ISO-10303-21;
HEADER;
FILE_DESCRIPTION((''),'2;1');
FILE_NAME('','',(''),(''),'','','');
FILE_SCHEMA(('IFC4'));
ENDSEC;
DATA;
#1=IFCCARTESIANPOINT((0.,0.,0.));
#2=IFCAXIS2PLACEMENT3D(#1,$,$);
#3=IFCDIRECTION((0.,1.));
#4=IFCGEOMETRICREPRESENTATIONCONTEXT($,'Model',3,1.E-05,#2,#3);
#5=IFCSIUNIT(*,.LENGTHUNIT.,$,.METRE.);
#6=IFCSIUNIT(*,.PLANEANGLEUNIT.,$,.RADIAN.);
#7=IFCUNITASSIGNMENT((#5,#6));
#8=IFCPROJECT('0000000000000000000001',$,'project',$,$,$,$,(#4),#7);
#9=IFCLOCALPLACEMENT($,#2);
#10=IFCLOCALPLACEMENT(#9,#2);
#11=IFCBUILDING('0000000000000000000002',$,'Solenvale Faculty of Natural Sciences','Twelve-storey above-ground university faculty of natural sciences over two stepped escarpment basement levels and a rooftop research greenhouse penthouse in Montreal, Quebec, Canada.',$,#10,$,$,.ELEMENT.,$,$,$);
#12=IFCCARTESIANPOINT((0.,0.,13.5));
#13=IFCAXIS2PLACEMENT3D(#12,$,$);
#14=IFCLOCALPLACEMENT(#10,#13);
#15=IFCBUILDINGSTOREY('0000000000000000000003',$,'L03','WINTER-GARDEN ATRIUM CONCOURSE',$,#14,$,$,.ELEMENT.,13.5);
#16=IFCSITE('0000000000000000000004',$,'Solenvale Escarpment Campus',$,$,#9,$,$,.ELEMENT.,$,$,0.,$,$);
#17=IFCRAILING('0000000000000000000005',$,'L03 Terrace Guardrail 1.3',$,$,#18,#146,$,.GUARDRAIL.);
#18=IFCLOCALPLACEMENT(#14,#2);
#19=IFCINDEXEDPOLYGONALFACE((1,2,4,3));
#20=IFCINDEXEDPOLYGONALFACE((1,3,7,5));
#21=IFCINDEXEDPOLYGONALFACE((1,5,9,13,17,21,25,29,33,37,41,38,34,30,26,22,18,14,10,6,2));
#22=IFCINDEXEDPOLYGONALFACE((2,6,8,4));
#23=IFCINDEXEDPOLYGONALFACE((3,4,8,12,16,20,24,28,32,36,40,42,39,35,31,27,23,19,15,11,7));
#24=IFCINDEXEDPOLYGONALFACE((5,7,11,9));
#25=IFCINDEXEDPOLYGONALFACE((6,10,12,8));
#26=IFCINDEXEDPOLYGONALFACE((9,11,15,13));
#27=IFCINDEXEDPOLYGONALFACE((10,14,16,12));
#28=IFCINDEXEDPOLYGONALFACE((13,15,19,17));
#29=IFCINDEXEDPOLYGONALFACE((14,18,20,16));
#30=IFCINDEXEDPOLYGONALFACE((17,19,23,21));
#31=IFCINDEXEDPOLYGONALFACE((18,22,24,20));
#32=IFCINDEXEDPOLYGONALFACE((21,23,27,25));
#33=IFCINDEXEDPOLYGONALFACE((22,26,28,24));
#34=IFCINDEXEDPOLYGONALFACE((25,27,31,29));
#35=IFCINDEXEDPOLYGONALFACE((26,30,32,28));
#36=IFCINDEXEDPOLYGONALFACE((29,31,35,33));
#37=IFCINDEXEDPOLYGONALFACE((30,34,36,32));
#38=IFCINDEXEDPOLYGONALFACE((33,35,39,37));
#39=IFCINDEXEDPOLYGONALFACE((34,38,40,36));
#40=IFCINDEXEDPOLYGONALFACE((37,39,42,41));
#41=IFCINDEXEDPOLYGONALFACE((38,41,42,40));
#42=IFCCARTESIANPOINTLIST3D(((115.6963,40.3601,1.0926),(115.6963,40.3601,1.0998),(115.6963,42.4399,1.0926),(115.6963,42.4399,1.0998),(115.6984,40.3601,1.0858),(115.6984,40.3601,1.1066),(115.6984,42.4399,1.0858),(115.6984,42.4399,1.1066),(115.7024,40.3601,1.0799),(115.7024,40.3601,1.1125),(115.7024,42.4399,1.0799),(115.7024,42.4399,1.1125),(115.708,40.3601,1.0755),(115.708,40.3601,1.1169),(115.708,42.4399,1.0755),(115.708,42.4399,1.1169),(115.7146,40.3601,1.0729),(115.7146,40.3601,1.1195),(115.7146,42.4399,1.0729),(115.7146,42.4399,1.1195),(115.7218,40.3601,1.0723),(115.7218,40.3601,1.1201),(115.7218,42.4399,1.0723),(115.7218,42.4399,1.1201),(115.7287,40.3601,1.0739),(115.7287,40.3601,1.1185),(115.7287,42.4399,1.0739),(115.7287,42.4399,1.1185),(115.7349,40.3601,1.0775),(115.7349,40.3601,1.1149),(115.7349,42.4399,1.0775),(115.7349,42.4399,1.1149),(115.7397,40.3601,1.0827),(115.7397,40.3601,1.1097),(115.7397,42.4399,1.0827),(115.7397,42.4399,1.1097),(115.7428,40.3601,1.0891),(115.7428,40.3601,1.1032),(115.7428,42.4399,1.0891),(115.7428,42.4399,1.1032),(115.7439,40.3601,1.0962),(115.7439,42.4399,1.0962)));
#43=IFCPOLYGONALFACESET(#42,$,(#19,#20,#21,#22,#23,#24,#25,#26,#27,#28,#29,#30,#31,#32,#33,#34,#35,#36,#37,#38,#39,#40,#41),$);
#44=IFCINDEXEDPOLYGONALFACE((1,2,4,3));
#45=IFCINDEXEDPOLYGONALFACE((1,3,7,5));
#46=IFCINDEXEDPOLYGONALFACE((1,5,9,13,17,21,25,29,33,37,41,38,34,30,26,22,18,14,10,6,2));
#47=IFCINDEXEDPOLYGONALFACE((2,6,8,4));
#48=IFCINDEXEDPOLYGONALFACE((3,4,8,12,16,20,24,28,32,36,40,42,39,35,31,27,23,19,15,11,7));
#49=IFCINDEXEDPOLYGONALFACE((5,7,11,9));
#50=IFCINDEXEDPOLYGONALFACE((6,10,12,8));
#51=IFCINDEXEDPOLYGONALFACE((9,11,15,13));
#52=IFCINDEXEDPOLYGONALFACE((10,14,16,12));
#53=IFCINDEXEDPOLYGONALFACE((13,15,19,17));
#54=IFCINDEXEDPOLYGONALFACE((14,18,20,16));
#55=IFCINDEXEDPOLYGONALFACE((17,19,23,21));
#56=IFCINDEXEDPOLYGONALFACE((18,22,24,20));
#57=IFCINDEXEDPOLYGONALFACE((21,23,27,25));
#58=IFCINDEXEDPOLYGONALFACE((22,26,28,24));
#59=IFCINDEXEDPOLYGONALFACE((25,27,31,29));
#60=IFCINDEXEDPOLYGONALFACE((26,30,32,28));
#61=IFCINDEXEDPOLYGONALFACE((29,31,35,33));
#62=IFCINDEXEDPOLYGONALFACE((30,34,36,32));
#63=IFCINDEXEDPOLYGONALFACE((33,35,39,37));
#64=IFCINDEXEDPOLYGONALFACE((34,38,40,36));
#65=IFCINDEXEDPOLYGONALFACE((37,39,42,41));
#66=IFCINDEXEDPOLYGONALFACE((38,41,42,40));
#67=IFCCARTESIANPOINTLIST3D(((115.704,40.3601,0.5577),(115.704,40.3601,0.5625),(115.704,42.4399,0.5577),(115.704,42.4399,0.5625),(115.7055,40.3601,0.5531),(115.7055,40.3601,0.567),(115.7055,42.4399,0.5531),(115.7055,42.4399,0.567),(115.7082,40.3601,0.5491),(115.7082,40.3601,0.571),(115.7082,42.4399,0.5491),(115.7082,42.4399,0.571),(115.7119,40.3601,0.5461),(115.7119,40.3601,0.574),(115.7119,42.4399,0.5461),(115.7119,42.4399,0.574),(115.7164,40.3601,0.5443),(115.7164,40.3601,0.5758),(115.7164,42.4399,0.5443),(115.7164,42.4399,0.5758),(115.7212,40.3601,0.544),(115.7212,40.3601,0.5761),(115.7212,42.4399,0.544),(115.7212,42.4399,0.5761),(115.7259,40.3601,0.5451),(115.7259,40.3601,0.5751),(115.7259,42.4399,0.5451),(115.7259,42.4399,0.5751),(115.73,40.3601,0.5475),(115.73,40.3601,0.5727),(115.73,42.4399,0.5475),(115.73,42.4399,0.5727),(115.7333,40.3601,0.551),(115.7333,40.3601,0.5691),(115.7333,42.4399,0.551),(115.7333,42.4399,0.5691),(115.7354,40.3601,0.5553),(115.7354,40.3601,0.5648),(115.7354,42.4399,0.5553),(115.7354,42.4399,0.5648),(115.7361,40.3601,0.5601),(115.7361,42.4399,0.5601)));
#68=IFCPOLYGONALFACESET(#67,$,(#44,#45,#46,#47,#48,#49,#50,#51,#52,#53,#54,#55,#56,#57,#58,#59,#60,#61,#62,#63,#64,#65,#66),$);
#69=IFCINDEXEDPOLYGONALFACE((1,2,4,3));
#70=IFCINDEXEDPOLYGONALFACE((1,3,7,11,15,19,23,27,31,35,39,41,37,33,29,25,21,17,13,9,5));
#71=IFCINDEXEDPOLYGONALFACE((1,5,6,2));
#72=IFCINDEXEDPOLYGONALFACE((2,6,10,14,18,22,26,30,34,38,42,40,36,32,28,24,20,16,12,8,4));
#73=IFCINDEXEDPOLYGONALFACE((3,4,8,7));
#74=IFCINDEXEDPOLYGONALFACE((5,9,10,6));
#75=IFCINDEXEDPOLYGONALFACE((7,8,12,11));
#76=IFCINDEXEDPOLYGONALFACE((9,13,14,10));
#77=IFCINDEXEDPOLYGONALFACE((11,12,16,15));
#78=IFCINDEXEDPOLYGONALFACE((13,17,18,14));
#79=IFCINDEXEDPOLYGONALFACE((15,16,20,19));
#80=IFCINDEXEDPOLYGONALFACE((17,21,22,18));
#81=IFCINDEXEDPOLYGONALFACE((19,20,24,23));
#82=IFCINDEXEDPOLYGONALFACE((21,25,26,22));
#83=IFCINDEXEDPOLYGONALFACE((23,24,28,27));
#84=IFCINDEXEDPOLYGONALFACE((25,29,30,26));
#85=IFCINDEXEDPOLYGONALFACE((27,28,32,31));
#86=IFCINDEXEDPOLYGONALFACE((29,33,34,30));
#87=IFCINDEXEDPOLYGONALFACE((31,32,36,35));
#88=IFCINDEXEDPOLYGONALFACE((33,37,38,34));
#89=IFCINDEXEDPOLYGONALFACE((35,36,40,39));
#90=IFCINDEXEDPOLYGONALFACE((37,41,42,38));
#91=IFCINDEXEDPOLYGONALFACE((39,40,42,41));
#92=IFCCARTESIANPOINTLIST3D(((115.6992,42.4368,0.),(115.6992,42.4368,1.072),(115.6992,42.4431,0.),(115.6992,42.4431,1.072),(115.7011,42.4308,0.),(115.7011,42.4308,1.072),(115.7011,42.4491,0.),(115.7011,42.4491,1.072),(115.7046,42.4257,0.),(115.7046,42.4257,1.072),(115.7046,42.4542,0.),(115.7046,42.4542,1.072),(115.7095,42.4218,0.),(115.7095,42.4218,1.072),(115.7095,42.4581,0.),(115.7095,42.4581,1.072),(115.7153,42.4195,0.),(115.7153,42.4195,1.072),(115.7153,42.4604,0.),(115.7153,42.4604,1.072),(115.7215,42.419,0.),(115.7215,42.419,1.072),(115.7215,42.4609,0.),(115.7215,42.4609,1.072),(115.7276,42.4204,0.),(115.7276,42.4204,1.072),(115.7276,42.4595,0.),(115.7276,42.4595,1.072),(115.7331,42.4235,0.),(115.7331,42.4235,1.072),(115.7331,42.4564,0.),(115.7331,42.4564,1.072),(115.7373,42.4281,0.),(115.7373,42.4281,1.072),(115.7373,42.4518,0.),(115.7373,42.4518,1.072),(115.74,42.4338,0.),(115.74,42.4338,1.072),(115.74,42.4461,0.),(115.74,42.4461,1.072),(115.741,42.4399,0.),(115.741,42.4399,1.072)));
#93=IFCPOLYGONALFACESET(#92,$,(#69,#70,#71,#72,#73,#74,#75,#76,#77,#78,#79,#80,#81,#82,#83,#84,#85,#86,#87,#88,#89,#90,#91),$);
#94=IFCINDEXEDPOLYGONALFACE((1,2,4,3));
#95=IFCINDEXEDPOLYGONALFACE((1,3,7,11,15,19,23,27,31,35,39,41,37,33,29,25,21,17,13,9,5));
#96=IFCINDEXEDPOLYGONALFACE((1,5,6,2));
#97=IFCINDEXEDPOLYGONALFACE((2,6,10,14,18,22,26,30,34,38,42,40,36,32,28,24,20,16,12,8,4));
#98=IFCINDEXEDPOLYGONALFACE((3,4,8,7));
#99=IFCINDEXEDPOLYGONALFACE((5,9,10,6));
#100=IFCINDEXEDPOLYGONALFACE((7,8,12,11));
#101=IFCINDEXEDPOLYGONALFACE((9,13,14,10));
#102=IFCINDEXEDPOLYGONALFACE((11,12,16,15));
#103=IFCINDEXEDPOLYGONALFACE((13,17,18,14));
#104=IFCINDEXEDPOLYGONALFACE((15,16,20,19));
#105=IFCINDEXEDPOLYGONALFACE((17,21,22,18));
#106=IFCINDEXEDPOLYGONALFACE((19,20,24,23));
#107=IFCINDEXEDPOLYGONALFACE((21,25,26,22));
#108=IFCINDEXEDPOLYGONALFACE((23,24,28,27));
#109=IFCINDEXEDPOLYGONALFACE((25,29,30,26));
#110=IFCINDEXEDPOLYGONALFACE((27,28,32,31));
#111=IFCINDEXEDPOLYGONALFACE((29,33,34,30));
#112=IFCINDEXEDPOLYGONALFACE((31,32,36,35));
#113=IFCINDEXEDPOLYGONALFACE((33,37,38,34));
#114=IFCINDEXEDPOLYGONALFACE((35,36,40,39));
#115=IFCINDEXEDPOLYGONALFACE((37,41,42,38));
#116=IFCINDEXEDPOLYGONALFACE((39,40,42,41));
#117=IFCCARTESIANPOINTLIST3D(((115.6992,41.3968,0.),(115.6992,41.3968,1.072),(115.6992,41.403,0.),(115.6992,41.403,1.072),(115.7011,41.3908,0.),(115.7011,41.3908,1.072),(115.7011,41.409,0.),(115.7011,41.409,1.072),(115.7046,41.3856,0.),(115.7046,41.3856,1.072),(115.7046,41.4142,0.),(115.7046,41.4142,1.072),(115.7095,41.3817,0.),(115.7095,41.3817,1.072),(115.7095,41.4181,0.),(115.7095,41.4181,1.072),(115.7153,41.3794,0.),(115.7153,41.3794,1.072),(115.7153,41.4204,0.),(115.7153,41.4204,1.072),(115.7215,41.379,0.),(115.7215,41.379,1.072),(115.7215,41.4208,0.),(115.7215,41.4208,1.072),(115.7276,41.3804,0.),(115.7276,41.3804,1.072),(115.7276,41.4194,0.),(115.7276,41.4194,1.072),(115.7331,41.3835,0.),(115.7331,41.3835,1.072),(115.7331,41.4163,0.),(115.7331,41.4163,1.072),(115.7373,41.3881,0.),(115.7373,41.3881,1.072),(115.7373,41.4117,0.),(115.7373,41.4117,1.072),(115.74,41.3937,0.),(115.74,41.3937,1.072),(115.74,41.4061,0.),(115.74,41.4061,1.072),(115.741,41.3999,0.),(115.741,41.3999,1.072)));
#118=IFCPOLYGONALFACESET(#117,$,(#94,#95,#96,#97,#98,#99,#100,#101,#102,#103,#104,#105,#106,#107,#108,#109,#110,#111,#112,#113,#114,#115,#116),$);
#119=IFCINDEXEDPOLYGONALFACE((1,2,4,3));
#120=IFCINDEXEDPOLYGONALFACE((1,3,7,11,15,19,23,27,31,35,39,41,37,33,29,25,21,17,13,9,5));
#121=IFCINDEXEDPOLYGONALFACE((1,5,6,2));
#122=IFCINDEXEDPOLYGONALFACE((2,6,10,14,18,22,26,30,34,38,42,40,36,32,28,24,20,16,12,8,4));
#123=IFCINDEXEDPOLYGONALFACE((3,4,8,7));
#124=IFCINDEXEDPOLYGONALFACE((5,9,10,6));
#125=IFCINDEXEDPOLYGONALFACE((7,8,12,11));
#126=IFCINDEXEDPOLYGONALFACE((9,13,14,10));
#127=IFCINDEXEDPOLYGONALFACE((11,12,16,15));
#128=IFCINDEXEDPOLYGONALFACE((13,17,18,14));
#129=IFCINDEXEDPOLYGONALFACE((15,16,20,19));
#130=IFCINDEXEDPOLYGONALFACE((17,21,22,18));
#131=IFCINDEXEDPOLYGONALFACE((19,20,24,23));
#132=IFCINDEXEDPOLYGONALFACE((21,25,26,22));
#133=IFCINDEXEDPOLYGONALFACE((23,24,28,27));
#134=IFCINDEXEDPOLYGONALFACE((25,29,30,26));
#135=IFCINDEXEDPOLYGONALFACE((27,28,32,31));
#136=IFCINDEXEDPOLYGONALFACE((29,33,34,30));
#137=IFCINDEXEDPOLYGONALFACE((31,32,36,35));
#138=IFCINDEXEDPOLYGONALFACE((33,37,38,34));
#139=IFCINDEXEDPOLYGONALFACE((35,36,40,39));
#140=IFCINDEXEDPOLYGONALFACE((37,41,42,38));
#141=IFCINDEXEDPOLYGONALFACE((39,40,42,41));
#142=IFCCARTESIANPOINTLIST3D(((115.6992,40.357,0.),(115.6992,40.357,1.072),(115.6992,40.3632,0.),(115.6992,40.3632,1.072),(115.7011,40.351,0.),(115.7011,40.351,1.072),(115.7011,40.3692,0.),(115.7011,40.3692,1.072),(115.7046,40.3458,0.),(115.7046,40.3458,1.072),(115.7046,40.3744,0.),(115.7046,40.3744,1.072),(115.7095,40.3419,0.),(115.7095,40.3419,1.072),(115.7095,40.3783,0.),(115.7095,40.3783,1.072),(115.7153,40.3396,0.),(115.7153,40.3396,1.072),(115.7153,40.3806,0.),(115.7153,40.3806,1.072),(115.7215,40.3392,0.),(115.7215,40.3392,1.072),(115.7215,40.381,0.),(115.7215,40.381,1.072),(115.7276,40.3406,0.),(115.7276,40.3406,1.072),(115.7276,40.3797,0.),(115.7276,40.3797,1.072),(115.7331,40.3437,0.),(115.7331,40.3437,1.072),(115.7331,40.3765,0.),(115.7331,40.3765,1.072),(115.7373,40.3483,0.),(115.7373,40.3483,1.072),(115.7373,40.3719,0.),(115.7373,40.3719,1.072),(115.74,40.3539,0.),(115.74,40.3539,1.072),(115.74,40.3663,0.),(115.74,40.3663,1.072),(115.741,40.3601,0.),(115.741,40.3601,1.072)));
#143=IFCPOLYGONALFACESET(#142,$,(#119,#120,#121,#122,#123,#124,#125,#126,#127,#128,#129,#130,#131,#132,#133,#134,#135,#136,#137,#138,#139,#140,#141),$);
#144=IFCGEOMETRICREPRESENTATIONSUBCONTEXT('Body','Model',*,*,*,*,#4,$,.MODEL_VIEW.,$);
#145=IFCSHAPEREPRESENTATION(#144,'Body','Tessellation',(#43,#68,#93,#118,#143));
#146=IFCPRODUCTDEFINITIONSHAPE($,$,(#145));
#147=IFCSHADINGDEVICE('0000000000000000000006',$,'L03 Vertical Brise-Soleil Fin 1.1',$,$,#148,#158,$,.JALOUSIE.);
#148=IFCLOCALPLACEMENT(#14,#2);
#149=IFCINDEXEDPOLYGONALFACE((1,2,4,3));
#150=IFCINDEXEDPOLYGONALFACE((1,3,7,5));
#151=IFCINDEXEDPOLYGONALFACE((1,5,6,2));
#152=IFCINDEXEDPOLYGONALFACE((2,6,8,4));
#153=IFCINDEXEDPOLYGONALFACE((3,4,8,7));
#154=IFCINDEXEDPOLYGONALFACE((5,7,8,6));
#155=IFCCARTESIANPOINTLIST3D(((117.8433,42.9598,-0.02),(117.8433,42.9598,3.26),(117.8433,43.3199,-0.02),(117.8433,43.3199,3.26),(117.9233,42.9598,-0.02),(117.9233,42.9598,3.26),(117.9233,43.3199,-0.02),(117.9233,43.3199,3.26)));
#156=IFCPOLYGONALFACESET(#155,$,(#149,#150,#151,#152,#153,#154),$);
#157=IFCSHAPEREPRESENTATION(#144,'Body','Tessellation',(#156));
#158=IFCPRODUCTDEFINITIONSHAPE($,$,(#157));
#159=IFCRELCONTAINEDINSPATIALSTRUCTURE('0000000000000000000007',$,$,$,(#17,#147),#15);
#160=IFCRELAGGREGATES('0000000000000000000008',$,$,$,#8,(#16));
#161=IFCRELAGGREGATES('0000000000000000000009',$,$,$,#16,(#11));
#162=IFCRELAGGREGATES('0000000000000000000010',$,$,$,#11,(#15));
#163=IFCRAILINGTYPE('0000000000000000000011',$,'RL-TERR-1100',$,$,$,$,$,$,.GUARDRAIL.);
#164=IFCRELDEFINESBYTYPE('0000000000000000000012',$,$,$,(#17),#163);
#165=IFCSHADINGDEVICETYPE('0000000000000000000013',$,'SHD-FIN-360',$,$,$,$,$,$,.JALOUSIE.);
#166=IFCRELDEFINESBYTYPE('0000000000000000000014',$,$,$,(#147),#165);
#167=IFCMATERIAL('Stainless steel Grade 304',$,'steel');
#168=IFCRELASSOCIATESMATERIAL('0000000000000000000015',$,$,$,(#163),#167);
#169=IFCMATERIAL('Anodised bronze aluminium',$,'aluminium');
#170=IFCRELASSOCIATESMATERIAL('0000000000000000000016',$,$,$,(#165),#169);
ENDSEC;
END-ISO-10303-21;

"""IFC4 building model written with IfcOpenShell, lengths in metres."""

from ifc_helpers import new_model, si_unit, direction, frame, origin, origin_2d, place, context, subcontext, project, spatial, rectangle, circle, extrude, material, material_profile, profile_set, type_object, element, save


model = new_model("IFC4")

# Units and contexts
model_context = context("Model", 3, precision=1e-05, world=origin(), true_north=direction((0.0, 1.0)))
body_context = subcontext(model_context, "Body", "Model", "MODEL_VIEW")
ifc_project = project(units=[si_unit("LENGTHUNIT", "METRE"), si_unit("PLANEANGLEUNIT", "RADIAN")], contexts=[model_context])

# Site, building, storey
site_placement = place(None, origin())
site = spatial("IfcSite", under=ifc_project, at=site_placement, Name="Solenvale Escarpment Campus", CompositionType="ELEMENT", RefElevation=0.0)
building_placement = place(site_placement, origin())
building = spatial("IfcBuilding", under=site, at=building_placement, Name="Solenvale Faculty of Natural Sciences", Description="Twelve-storey above-ground university faculty of natural sciences over two stepped escarpment basement levels and a rooftop research greenhouse penthouse in Montreal, Quebec, Canada.", CompositionType="ELEMENT")
storey_placement = place(building_placement, frame((0.0, 0.0, 13.5)))
storey = spatial("IfcBuildingStorey", under=building, at=storey_placement, Name="L03", Description="WINTER-GARDEN ATRIUM CONCOURSE", CompositionType="ELEMENT", Elevation=13.5)

# Shared definitions
ifc_material_1 = material(Name="Anodised bronze aluminium", Category="aluminium")

# Railing
ifc_material_2 = material(Name="Stainless steel Grade 304", Category="steel")
railing_type = type_object("IfcRailingType", Name="RL-TERR-1100", PredefinedType="GUARDRAIL", material=ifc_material_2)
railing_placement = place(storey_placement, frame((115.72, 42.4399, 0.0)))
element("IfcRailing", 1, at=railing_placement, inside=storey, type_object=railing_type, Name="L03 Terrace Guardrail 1.3", PredefinedType="GUARDRAIL", context=body_context, shape_type="SweptSolid", body=[
    extrude(circle(Radius=0.0239, at=origin_2d()), frame((0.0, 0.0, 1.0962), z_axis=(0.0, -1.0, 0.0), x_axis=(1.0, 0.0, 0.0)), (0.0, 0.0, 1.0), 2.0798),
    extrude(circle(Radius=0.0161, at=origin_2d()), frame((0.0, 0.0, 0.5601), z_axis=(0.0, -1.0, 0.0), x_axis=(1.0, 0.0, 0.0)), (0.0, 0.0, 1.0), 2.0798),
    extrude(circle(Radius=0.021, at=origin_2d()), origin(), (0.0, 0.0, 1.0), 1.072),
    extrude(circle(Radius=0.021, at=origin_2d()), frame((0.0, -1.04, 0.0)), (0.0, 0.0, 1.0), 1.072),
    extrude(circle(Radius=0.021, at=origin_2d()), frame((0.0, -2.0798, 0.0)), (0.0, 0.0, 1.0), 1.072),
])

# Shading device
ifc_material_profile_1 = material_profile(ifc_material_1, rectangle(XDim=0.0801, YDim=0.3601, at=origin_2d()), Name="ALU-FIN-80x360")
ifc_profile_set_1 = profile_set([ifc_material_profile_1], Name="Anodised bronze aluminium")
shading_device_type = type_object("IfcShadingDeviceType", Name="SHD-FIN-360", PredefinedType="JALOUSIE", material=ifc_profile_set_1)
shading_device_placement = place(storey_placement, frame((117.8833, 43.1399, -0.02), z_axis=(0.0, 0.0, 1.0), x_axis=(1.0, 0.0, 0.0)))
element("IfcShadingDevice", 2, at=shading_device_placement, inside=storey, type_object=shading_device_type, Name="L03 Vertical Brise-Soleil Fin 1.1", PredefinedType="JALOUSIE", context=body_context, shape_type="SweptSolid", body=[
    extrude(rectangle(XDim=0.0801, YDim=0.3601, at=origin_2d()), origin(), (0.0, 0.0, 1.0), 3.28),
])

save(model, "model.ifc")
